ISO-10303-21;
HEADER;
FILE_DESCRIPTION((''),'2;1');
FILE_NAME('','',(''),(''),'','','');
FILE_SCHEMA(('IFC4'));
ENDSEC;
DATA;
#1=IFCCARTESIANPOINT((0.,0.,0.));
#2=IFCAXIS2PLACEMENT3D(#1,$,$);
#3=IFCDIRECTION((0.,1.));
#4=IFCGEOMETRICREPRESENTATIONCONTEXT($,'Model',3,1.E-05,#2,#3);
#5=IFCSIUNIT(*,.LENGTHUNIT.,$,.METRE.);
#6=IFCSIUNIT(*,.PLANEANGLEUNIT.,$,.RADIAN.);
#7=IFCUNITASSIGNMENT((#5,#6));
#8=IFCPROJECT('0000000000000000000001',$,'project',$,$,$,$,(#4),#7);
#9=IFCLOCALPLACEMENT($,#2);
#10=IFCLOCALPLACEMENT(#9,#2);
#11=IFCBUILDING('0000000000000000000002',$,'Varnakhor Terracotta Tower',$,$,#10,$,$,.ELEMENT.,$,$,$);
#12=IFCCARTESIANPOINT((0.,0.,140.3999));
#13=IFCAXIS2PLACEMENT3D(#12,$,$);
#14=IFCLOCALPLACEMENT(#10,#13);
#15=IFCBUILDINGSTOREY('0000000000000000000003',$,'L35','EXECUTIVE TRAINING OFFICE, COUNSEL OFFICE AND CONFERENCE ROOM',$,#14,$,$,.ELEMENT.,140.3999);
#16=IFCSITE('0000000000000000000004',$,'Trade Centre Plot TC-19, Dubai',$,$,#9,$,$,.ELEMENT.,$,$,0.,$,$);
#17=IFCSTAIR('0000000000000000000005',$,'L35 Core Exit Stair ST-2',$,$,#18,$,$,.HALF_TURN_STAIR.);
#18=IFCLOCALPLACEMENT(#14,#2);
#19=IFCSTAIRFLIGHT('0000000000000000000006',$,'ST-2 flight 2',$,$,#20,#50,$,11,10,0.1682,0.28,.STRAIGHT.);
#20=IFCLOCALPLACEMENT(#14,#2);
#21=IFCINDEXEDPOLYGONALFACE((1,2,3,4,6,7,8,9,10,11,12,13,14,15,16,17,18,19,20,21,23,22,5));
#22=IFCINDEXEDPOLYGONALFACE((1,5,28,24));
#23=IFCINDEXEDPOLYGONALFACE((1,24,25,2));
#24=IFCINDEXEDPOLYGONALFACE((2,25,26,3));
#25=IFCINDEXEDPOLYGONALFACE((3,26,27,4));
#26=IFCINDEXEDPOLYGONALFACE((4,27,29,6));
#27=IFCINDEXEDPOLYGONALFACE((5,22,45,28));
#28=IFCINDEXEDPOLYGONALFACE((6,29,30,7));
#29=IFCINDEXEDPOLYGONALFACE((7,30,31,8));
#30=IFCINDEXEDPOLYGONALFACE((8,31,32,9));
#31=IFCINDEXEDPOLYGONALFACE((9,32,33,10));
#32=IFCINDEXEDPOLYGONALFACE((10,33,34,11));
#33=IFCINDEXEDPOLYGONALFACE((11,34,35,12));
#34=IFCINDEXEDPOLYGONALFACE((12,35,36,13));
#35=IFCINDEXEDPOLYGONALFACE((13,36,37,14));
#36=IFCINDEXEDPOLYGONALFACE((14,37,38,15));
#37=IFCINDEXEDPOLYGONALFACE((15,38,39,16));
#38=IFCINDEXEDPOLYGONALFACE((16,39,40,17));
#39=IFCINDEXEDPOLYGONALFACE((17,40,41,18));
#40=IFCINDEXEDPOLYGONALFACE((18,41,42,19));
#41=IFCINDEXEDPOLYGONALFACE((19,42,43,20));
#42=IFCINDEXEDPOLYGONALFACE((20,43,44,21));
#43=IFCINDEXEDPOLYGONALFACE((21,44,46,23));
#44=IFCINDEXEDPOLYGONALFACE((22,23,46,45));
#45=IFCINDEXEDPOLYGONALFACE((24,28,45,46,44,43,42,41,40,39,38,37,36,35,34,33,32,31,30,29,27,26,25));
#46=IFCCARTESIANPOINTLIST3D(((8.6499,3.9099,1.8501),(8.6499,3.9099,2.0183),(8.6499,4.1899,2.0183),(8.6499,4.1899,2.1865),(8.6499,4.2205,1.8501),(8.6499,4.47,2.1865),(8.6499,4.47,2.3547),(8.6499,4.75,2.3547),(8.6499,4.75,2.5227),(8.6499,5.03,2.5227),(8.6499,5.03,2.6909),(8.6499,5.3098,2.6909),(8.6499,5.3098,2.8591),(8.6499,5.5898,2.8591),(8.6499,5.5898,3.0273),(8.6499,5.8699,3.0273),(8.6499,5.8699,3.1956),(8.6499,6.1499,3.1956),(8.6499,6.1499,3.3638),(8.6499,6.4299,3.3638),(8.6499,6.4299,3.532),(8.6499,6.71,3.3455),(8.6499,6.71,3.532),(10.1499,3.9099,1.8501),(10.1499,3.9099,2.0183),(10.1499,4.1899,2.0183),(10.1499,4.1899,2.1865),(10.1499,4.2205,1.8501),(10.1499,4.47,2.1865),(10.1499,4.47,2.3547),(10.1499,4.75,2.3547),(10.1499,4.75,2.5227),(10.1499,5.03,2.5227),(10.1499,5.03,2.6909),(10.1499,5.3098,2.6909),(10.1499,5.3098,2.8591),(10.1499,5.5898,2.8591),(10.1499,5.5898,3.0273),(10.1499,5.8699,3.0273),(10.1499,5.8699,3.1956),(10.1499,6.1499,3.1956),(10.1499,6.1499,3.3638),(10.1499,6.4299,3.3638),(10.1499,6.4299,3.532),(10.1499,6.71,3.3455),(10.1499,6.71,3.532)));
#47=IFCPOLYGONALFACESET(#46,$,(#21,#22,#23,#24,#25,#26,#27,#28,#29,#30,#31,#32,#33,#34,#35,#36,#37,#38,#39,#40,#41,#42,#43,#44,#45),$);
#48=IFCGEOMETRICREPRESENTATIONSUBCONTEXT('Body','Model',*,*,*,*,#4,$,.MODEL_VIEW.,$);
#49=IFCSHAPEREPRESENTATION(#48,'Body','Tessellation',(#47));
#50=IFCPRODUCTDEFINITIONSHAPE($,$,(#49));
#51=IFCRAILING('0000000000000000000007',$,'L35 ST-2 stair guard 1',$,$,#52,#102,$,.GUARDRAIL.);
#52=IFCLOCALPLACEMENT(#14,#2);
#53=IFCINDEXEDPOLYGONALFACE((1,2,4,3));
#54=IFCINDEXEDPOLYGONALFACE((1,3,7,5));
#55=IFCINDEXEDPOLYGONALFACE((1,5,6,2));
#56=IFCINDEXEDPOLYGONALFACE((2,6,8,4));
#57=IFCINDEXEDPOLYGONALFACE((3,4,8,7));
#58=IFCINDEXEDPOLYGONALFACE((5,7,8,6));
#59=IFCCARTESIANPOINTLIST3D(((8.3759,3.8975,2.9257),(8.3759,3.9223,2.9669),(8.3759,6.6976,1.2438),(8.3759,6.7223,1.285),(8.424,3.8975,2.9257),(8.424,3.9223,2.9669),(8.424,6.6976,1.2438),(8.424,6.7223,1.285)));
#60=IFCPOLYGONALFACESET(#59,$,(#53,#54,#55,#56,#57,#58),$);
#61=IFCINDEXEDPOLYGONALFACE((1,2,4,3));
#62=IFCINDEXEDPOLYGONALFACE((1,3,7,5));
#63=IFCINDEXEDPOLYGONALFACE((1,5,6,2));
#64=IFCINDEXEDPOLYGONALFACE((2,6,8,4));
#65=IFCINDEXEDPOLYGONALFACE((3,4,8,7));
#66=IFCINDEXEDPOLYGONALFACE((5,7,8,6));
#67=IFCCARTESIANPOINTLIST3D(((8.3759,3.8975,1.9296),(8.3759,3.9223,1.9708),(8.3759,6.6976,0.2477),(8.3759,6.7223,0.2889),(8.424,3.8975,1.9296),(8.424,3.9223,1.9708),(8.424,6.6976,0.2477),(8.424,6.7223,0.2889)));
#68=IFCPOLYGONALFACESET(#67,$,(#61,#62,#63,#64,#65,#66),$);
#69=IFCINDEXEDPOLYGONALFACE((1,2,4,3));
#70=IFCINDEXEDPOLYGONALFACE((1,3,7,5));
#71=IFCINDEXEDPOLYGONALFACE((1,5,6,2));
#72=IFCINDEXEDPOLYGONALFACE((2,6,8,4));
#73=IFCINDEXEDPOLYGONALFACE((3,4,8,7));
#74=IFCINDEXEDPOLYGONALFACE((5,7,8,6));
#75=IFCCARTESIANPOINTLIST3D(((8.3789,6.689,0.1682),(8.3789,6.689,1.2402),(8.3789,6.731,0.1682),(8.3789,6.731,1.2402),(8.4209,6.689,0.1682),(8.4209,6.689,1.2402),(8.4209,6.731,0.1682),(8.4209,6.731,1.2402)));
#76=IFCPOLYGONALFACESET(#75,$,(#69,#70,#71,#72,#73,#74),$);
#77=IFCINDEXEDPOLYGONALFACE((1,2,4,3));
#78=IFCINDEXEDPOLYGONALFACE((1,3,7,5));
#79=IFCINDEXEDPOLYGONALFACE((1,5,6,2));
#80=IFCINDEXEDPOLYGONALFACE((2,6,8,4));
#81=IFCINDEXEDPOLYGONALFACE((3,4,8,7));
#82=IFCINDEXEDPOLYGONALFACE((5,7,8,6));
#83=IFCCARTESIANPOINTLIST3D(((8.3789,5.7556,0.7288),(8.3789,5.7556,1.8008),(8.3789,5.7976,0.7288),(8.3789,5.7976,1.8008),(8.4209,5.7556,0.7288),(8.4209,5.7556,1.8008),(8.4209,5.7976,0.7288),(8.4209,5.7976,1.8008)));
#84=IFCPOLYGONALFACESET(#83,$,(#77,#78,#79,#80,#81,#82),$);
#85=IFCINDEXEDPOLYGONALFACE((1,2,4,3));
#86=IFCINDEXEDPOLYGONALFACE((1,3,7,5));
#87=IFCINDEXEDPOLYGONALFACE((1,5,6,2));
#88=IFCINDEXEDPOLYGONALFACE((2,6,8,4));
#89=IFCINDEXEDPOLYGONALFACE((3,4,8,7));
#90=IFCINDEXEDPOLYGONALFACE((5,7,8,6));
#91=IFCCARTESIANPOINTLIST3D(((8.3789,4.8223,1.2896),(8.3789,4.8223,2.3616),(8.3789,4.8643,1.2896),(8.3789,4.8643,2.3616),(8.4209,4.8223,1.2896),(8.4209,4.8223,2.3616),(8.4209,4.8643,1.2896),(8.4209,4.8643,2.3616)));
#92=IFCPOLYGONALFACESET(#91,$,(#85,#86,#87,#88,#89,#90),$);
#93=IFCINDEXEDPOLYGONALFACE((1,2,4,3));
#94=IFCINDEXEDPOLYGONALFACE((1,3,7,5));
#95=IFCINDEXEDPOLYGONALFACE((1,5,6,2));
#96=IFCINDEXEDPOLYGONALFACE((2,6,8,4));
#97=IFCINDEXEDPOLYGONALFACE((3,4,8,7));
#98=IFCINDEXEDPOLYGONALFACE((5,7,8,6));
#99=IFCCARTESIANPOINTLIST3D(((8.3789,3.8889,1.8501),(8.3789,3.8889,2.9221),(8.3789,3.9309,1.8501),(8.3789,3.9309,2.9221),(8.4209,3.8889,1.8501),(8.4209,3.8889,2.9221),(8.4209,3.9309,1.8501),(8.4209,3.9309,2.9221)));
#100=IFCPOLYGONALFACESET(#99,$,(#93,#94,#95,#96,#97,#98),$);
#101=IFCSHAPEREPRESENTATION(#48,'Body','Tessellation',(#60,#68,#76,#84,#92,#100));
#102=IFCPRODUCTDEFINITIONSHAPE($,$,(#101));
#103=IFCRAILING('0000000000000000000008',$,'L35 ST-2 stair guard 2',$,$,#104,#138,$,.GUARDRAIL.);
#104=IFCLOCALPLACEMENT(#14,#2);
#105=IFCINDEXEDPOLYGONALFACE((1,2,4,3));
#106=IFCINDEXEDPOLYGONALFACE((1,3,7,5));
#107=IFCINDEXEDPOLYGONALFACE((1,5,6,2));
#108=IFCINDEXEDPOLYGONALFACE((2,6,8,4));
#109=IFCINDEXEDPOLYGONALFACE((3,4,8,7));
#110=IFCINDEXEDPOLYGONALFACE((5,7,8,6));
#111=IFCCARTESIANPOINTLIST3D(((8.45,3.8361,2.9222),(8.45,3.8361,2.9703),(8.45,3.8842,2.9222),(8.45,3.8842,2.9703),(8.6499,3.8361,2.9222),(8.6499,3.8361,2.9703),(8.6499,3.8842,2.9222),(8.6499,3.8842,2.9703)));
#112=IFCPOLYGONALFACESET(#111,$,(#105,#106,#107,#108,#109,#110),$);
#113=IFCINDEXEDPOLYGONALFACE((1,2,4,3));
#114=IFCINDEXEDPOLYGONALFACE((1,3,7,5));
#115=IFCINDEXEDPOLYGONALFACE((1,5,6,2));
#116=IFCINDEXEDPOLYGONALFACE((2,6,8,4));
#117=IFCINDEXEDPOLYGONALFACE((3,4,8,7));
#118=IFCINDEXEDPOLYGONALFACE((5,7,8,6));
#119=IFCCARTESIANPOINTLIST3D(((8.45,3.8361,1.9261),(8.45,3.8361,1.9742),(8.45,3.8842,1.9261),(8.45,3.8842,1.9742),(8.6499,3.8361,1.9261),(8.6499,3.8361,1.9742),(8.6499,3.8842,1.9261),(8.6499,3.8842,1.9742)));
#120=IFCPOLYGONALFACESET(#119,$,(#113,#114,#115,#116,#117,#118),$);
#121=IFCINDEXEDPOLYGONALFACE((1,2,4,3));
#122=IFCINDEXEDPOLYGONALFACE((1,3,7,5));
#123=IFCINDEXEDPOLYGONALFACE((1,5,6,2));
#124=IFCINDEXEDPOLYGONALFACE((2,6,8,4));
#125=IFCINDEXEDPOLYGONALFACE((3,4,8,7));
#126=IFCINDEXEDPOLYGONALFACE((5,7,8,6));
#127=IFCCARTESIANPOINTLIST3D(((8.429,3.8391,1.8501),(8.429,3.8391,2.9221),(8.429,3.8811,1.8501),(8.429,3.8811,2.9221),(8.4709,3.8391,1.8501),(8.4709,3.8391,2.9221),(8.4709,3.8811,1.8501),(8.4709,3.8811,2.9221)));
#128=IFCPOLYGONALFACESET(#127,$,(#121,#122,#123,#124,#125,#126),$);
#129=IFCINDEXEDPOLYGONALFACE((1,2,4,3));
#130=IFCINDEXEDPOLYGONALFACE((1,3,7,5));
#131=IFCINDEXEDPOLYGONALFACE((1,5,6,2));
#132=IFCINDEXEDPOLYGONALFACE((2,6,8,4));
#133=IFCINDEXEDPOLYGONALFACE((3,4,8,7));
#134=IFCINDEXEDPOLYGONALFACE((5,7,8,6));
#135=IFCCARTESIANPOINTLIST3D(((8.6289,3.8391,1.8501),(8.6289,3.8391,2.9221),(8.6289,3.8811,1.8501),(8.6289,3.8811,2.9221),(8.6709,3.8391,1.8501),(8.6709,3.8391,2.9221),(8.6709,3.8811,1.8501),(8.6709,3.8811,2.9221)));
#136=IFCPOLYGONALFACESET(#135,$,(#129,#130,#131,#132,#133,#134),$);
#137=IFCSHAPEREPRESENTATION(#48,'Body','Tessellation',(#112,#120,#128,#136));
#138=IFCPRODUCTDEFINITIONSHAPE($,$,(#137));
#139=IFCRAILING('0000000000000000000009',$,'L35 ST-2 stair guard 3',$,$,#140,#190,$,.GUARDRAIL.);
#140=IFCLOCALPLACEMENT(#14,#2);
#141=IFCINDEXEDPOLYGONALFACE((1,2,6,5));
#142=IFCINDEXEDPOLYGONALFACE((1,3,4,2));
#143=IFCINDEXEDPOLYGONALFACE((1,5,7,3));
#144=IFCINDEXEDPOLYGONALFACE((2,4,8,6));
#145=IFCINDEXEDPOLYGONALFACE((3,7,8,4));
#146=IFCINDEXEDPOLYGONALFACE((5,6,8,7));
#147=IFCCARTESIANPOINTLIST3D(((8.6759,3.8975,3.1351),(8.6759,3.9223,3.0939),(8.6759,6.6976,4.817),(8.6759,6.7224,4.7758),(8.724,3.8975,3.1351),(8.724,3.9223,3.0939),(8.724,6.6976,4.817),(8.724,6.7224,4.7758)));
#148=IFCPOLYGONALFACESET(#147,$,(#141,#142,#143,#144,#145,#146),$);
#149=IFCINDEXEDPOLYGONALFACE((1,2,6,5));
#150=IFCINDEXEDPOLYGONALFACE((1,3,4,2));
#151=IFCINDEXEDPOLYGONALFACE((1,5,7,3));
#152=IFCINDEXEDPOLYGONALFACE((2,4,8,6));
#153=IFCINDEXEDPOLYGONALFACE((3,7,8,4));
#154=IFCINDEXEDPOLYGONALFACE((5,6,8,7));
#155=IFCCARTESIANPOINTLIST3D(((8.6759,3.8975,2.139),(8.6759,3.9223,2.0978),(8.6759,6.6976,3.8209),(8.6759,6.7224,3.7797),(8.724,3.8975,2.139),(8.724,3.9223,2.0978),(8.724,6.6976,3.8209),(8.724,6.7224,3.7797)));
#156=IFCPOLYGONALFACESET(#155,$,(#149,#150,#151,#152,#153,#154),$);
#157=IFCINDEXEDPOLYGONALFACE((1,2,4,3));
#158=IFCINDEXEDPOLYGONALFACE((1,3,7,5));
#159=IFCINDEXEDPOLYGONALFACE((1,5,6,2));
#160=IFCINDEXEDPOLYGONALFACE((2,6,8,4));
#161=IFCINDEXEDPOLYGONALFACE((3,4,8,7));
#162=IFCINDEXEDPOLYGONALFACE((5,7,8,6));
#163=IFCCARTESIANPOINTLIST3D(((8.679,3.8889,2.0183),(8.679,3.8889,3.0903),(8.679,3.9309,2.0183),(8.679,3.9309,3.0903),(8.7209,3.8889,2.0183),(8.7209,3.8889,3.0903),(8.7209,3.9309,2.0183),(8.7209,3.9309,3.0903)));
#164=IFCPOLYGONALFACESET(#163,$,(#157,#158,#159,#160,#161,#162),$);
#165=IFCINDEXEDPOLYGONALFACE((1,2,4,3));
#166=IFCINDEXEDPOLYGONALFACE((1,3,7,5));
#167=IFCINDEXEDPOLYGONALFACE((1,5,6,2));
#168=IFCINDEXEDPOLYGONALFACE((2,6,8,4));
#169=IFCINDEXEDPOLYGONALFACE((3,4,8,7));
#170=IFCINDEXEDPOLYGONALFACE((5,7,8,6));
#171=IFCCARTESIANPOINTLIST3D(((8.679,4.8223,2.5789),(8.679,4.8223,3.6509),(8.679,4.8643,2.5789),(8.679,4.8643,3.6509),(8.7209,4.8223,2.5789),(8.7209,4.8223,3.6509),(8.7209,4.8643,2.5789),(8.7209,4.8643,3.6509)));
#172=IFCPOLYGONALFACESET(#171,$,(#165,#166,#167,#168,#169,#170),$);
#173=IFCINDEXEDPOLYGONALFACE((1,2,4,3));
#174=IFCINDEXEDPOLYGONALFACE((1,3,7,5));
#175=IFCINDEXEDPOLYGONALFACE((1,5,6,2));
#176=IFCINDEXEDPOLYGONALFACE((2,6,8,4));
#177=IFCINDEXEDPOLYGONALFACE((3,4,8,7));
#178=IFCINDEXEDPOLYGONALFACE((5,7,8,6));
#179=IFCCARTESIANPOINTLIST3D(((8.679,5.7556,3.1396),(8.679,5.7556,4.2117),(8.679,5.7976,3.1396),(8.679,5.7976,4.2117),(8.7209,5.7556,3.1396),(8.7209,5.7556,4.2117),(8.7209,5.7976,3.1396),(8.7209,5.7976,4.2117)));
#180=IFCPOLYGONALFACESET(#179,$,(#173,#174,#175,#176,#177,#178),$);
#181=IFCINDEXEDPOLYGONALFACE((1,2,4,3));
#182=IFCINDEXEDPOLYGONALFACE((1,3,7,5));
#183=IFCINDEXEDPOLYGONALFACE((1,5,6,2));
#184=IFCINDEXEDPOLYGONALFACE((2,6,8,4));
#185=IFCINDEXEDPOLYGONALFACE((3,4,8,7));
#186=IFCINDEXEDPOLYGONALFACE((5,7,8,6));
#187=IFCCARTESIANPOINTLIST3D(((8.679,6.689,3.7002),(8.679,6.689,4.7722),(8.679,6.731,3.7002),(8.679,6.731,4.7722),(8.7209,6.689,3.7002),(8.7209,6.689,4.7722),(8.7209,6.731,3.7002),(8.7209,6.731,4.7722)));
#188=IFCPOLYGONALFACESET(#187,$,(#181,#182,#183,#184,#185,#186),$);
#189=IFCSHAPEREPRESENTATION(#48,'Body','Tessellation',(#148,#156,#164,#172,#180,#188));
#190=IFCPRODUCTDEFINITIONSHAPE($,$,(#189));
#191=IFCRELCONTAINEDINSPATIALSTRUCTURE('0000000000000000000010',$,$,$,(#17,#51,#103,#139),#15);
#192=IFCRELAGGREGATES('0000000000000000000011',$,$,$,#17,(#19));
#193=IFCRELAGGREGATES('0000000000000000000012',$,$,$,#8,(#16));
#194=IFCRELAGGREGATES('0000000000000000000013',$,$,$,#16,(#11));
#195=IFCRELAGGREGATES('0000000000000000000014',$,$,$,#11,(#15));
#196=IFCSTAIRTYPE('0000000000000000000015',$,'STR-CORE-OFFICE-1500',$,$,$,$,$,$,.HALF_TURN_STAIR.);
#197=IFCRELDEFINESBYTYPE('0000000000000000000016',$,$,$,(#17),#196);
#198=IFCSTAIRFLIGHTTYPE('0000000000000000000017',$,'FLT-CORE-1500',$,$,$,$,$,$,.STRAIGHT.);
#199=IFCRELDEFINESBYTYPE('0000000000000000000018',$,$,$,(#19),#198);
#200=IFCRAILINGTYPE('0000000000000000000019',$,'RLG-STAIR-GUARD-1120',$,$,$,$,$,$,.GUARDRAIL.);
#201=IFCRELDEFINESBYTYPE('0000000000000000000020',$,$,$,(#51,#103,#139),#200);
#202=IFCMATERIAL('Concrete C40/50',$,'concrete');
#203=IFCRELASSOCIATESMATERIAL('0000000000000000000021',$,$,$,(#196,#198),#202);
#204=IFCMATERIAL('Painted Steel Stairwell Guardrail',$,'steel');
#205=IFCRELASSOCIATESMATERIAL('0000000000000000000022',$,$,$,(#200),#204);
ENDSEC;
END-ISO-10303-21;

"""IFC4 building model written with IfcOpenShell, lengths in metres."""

from ifc_helpers import new_model, si_unit, direction, frame, origin, origin_2d, place, context, subcontext, project, spatial, polyline, rectangle, outline, extrude, material, type_object, element, aggregate, save


model = new_model("IFC4")

# Units and contexts
model_context = context("Model", 3, precision=1e-05, world=origin(), true_north=direction((0.0, 1.0)))
body_context = subcontext(model_context, "Body", "Model", "MODEL_VIEW")
ifc_project = project(units=[si_unit("LENGTHUNIT", "METRE"), si_unit("PLANEANGLEUNIT", "RADIAN")], contexts=[model_context])

# Site, building, storey
site_placement = place(None, origin())
site = spatial("IfcSite", under=ifc_project, at=site_placement, Name="Trade Centre Plot TC-19, Dubai", CompositionType="ELEMENT", RefElevation=0.0)
building_placement = place(site_placement, origin())
building = spatial("IfcBuilding", under=site, at=building_placement, Name="Varnakhor Terracotta Tower", CompositionType="ELEMENT")
storey_placement = place(building_placement, frame((0.0, 0.0, 140.3999)))
storey = spatial("IfcBuildingStorey", under=building, at=storey_placement, Name="L35", Description="EXECUTIVE TRAINING OFFICE, COUNSEL OFFICE AND CONFERENCE ROOM", CompositionType="ELEMENT", Elevation=140.3999)

# Stair
ifc_material_1 = material(Name="Concrete C40/50", Category="concrete")
stair_type = type_object("IfcStairType", Name="STR-CORE-OFFICE-1500", PredefinedType="HALF_TURN_STAIR", material=ifc_material_1)
stair_1_placement = place(storey_placement, origin())
stair_1 = element("IfcStair", 1, at=stair_1_placement, inside=storey, type_object=stair_type, Name="L35 Core Exit Stair ST-2", PredefinedType="HALF_TURN_STAIR")

# Stair flight
stair_flight_type = type_object("IfcStairFlightType", Name="FLT-CORE-1500", PredefinedType="STRAIGHT", material=ifc_material_1)
stair_flight_1_placement = place(storey_placement, frame((9.3999, 3.9099, 1.8501), z_axis=(0.0, 0.0, 1.0), x_axis=(0.0, 1.0, 0.0)))
stair_flight_1 = element("IfcStairFlight", 2, at=stair_flight_1_placement, type_object=stair_flight_type, Name="ST-2 flight 2", NumberOfRisers=11, NumberOfTreads=10, PredefinedType="STRAIGHT", RiserHeight=0.1682, TreadLength=0.28, context=body_context, shape_type="SweptSolid", body=[
    extrude(outline(polyline([(0.0, 0.0), (0.0, 0.1682), (0.28, 0.1682), (0.28, 0.3364), (0.5601, 0.3364), (0.5601, 0.5046), (0.8401, 0.5046), (0.8401, 0.6726), (1.1201, 0.6726), (1.1201, 0.8408), (1.3999, 0.8408), (1.3999, 1.009), (1.6799, 1.009), (1.6799, 1.1772), (1.96, 1.1772), (1.96, 1.3455), (2.24, 1.3455), (2.24, 1.5137), (2.52, 1.5137), (2.52, 1.6819), (2.8, 1.6819), (2.8, 1.8501), (2.8, 1.4954), (0.3105, 0.0), (0.0, 0.0)])), frame((0.0, 0.75, 0.0), z_axis=(0.0, -1.0, 0.0), x_axis=(1.0, 0.0, 0.0)), (0.0, 0.0, 1.0), 1.5),
])
aggregate(stair_1, [stair_flight_1])

# Railings
ifc_material_2 = material(Name="Painted Steel Stairwell Guardrail", Category="steel")
railing_type_1 = type_object("IfcRailingType", Name="RLG-STAIR-GUARD-1120", PredefinedType="GUARDRAIL", material=ifc_material_2)
railing_1_placement = place(storey_placement, frame((8.3999, 6.71, 0.1682)))
element("IfcRailing", 3, at=railing_1_placement, inside=storey, type_object=railing_type_1, Name="L35 ST-2 stair guard 1", PredefinedType="GUARDRAIL", context=body_context, shape_type="SweptSolid", body=[
    extrude(rectangle(XDim=0.0481, YDim=0.0481, at=origin_2d()), frame((0.0, 0.0, 1.0962), z_axis=(0.0, -0.857242, 0.514913), x_axis=(1.0, 0.0, 0.0)), (0.0, 0.0, 1.0), 3.2664),
    extrude(rectangle(XDim=0.0481, YDim=0.0481, at=origin_2d()), frame((0.0, 0.0, 0.1001), z_axis=(0.0, -0.857242, 0.514913), x_axis=(1.0, 0.0, 0.0)), (0.0, 0.0, 1.0), 3.2664),
    extrude(rectangle(XDim=0.042, YDim=0.042, at=origin_2d()), origin(), (0.0, 0.0, 1.0), 1.072),
    extrude(rectangle(XDim=0.042, YDim=0.042, at=origin_2d()), frame((0.0, -0.9333, 0.5605)), (0.0, 0.0, 1.0), 1.072),
    extrude(rectangle(XDim=0.042, YDim=0.042, at=origin_2d()), frame((0.0, -1.8667, 1.1213)), (0.0, 0.0, 1.0), 1.072),
    extrude(rectangle(XDim=0.042, YDim=0.042, at=origin_2d()), frame((0.0, -2.8, 1.6819)), (0.0, 0.0, 1.0), 1.072),
])
railing_2_placement = place(storey_placement, frame((8.45, 3.8601, 1.8501)))
element("IfcRailing", 4, at=railing_2_placement, inside=storey, type_object=railing_type_1, Name="L35 ST-2 stair guard 2", PredefinedType="GUARDRAIL", context=body_context, shape_type="SweptSolid", body=[
    extrude(rectangle(XDim=0.0481, YDim=0.0481, at=origin_2d()), frame((0.0, 0.0, 1.0962), z_axis=(1.0, 0.0, 0.0), x_axis=(0.0, 1.0, 0.0)), (0.0, 0.0, 1.0), 0.2),
    extrude(rectangle(XDim=0.0481, YDim=0.0481, at=origin_2d()), frame((0.0, 0.0, 0.1001), z_axis=(1.0, 0.0, 0.0), x_axis=(0.0, 1.0, 0.0)), (0.0, 0.0, 1.0), 0.2),
    extrude(rectangle(XDim=0.042, YDim=0.042, at=origin_2d()), origin(), (0.0, 0.0, 1.0), 1.072),
    extrude(rectangle(XDim=0.042, YDim=0.042, at=origin_2d()), frame((0.2, 0.0, 0.0)), (0.0, 0.0, 1.0), 1.072),
])
railing_3_placement = place(storey_placement, frame((8.7, 3.9099, 2.0183)))
element("IfcRailing", 5, at=railing_3_placement, inside=storey, type_object=railing_type_1, Name="L35 ST-2 stair guard 3", PredefinedType="GUARDRAIL", context=body_context, shape_type="SweptSolid", body=[
    extrude(rectangle(XDim=0.0481, YDim=0.0481, at=origin_2d()), frame((0.0, 0.0, 1.0962), z_axis=(0.0, 0.857242, 0.514913), x_axis=(-1.0, 0.0, 0.0)), (0.0, 0.0, 1.0), 3.2664),
    extrude(rectangle(XDim=0.0481, YDim=0.0481, at=origin_2d()), frame((0.0, 0.0, 0.1001), z_axis=(0.0, 0.857242, 0.514913), x_axis=(-1.0, 0.0, 0.0)), (0.0, 0.0, 1.0), 3.2664),
    extrude(rectangle(XDim=0.042, YDim=0.042, at=origin_2d()), origin(), (0.0, 0.0, 1.0), 1.072),
    extrude(rectangle(XDim=0.042, YDim=0.042, at=origin_2d()), frame((0.0, 0.9333, 0.5605)), (0.0, 0.0, 1.0), 1.072),
    extrude(rectangle(XDim=0.042, YDim=0.042, at=origin_2d()), frame((0.0, 1.8667, 1.1213)), (0.0, 0.0, 1.0), 1.072),
    extrude(rectangle(XDim=0.042, YDim=0.042, at=origin_2d()), frame((0.0, 2.8, 1.6819)), (0.0, 0.0, 1.0), 1.072),
])

save(model, "model.ifc")
